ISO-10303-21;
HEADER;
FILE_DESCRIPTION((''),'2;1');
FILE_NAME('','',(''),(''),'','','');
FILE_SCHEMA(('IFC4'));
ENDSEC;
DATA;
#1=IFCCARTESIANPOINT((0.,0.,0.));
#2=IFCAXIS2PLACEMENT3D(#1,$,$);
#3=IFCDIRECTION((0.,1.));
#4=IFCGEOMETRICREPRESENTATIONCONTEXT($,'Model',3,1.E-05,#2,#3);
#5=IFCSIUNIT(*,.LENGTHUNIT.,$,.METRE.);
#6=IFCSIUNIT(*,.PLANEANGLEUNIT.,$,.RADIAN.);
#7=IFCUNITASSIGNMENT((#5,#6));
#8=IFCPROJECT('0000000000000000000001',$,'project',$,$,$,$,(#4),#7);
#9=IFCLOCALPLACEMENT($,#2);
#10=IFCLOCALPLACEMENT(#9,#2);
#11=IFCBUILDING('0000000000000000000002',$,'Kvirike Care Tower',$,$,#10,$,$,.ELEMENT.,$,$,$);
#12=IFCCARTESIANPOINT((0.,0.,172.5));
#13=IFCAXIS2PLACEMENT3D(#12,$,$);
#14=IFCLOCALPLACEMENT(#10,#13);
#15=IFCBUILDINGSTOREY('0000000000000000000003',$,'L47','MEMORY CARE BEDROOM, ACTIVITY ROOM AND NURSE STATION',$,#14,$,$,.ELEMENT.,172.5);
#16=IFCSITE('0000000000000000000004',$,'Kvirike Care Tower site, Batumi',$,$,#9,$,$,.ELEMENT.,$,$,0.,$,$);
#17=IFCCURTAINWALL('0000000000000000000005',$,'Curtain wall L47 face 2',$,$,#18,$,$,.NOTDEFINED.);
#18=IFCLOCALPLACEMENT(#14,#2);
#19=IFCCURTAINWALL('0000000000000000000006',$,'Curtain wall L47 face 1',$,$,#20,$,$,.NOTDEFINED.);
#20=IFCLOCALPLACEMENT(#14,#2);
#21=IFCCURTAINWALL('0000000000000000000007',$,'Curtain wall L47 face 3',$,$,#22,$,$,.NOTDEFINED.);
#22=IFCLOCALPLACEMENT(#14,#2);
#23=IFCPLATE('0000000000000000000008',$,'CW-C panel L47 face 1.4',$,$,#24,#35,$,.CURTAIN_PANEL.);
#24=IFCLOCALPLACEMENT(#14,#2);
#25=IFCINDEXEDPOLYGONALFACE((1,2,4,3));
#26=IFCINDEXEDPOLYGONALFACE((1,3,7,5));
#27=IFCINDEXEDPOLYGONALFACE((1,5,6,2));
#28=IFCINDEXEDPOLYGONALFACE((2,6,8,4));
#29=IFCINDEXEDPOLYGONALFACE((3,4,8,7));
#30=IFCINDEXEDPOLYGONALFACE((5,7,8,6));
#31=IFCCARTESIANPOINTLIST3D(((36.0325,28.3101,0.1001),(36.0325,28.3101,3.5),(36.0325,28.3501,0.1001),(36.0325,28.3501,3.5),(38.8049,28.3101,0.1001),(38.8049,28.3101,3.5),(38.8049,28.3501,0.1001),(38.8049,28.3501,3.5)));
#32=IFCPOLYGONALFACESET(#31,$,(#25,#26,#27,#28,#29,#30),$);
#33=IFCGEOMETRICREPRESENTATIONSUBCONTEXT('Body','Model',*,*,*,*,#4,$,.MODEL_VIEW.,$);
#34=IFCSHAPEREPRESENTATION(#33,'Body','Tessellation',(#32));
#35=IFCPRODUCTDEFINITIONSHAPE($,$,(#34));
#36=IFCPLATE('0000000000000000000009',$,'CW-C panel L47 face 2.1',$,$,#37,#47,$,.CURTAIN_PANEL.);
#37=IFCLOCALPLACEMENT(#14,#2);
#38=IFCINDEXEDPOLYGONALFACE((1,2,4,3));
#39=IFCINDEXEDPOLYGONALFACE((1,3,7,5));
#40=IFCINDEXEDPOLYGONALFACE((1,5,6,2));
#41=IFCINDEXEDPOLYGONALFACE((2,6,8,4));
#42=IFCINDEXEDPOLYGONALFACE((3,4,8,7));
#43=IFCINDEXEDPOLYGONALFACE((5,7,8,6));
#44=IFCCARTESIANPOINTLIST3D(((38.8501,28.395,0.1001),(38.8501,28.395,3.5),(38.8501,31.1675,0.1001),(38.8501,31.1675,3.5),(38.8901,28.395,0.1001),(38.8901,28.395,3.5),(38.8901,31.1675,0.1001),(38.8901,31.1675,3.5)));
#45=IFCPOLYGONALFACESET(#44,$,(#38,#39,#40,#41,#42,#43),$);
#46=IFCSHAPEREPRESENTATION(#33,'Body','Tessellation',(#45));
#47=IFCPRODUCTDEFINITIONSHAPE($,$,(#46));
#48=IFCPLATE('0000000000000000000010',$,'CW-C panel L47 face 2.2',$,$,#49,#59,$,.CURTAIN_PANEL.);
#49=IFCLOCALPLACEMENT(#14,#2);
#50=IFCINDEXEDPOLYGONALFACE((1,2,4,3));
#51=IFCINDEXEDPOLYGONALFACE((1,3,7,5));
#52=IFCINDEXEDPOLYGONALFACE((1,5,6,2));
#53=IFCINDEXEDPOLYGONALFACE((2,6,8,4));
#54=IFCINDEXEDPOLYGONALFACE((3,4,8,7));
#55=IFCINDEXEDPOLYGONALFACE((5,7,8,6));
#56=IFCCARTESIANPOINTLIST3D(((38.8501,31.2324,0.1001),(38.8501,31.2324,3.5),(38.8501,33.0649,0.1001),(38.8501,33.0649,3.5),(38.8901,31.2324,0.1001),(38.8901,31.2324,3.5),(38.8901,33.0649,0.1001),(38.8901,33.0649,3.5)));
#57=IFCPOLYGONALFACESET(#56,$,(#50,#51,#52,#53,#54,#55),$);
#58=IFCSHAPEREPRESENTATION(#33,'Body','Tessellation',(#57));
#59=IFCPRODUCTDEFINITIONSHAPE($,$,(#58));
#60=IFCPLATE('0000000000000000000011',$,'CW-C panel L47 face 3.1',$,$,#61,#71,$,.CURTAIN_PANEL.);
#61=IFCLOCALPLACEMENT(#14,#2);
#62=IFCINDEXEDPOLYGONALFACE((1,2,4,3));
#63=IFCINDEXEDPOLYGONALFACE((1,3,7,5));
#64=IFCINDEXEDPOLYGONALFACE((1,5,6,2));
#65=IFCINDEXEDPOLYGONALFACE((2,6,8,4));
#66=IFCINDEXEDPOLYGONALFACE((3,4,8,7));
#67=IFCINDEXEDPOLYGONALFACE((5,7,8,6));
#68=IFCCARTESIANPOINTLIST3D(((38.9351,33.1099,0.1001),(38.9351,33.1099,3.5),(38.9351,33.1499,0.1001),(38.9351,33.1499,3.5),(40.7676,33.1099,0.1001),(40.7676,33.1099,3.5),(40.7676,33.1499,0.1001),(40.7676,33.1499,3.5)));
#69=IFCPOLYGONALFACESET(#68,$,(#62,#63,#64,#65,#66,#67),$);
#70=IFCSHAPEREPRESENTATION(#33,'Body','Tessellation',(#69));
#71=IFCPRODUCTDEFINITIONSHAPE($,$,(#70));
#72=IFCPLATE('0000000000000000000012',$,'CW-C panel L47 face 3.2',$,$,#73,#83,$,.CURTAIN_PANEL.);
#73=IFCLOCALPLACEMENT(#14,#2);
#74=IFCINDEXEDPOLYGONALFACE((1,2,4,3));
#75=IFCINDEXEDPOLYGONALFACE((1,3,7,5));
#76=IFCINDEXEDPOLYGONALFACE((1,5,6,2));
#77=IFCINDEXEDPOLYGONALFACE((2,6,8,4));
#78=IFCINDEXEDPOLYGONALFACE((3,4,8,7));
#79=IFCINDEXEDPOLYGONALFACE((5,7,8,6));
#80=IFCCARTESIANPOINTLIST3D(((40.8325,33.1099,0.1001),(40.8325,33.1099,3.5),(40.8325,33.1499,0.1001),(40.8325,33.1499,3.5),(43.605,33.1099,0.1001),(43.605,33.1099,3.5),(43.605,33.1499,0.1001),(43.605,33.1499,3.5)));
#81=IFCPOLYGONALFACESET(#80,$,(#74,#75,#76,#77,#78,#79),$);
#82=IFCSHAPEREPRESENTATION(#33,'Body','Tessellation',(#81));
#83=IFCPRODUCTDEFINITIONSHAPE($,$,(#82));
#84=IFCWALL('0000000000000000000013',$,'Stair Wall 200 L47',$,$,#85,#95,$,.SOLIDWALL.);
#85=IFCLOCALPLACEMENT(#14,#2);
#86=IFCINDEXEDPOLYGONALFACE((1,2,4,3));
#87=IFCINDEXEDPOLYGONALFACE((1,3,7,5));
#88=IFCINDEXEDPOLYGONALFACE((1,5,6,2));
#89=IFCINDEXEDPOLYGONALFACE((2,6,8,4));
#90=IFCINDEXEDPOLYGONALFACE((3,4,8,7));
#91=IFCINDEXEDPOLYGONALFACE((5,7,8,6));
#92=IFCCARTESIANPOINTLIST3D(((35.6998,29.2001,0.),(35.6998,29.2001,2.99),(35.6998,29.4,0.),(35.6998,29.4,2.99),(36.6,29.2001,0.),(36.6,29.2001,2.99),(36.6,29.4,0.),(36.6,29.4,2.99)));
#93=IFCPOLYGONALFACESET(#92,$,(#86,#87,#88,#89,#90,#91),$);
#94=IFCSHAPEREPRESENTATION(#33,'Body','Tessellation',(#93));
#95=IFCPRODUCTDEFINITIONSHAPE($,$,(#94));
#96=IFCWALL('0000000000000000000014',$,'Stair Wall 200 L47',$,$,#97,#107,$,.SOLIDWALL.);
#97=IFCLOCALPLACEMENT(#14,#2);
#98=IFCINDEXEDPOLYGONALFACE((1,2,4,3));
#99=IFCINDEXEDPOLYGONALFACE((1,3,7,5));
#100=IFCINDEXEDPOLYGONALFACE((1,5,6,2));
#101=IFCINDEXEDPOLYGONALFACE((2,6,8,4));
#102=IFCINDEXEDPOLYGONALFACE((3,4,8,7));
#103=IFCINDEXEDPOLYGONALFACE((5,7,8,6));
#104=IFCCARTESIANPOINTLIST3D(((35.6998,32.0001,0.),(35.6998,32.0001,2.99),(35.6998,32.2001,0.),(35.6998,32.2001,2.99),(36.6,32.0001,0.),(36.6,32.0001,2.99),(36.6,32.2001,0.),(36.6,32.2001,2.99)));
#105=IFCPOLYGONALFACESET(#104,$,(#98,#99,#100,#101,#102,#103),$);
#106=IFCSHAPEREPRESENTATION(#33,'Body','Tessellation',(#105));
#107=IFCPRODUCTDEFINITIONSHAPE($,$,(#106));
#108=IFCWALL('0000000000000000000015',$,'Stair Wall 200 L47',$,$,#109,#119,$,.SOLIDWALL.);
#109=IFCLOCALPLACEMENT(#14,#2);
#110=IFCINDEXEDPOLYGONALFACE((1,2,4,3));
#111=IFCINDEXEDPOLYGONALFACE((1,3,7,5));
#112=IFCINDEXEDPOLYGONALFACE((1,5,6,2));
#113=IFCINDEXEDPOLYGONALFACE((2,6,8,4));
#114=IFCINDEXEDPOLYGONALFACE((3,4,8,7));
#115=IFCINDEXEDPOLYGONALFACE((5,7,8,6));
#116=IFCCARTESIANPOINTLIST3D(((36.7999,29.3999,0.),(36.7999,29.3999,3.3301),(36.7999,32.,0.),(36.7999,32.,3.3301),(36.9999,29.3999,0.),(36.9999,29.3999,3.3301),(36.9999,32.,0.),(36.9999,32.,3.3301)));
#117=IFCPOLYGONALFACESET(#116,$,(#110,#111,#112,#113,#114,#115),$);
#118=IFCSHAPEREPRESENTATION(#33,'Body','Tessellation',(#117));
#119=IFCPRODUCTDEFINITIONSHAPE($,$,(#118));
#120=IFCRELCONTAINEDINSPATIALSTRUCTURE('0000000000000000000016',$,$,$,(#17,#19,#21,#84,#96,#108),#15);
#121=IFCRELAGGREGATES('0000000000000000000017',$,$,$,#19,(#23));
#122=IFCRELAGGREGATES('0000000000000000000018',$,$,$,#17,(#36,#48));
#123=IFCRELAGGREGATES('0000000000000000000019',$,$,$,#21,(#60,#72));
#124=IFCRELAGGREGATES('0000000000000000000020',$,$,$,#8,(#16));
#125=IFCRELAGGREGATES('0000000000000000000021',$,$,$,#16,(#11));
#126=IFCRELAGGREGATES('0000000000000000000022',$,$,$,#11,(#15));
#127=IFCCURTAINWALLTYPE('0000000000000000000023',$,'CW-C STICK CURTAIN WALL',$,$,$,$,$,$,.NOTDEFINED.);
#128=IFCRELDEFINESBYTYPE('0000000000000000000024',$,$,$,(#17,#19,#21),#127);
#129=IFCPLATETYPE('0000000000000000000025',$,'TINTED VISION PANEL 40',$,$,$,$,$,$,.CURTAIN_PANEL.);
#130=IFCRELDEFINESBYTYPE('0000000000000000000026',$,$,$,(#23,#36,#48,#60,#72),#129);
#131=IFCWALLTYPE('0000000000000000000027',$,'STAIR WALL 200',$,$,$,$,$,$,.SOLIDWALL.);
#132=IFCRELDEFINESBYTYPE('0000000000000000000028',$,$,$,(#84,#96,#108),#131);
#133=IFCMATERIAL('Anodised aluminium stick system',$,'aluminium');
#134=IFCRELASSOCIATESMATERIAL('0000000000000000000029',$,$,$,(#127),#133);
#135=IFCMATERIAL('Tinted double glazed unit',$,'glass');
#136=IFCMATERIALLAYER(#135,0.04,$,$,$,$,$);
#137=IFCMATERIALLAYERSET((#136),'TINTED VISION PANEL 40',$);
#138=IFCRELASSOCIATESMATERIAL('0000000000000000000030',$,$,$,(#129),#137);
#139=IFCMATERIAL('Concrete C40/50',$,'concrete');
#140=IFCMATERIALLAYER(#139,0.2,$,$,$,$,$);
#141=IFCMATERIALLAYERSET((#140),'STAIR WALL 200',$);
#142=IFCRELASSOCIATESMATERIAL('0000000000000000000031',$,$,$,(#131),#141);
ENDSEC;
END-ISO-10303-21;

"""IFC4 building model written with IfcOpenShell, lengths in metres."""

from ifc_helpers import new_model, si_unit, direction, frame, frame_2d, origin, origin_2d, place, context, subcontext, project, spatial, rectangle, extrude, material, layer, layer_set, type_object, element, aggregate, save


model = new_model("IFC4")

# Units and contexts
model_context = context("Model", 3, precision=1e-05, world=origin(), true_north=direction((0.0, 1.0)))
body_context = subcontext(model_context, "Body", "Model", "MODEL_VIEW")
ifc_project = project(units=[si_unit("LENGTHUNIT", "METRE"), si_unit("PLANEANGLEUNIT", "RADIAN")], contexts=[model_context])

# Site, building, storey
site_placement = place(None, origin())
site = spatial("IfcSite", under=ifc_project, at=site_placement, Name="Kvirike Care Tower site, Batumi", CompositionType="ELEMENT", RefElevation=0.0)
building_placement = place(site_placement, origin())
building = spatial("IfcBuilding", under=site, at=building_placement, Name="Kvirike Care Tower", CompositionType="ELEMENT")
storey_placement = place(building_placement, frame((0.0, 0.0, 172.5)))
storey = spatial("IfcBuildingStorey", under=building, at=storey_placement, Name="L47", Description="MEMORY CARE BEDROOM, ACTIVITY ROOM AND NURSE STATION", CompositionType="ELEMENT", Elevation=172.5)

# Curtain wall
ifc_material_1 = material(Name="Anodised aluminium stick system", Category="aluminium")
curtain_wall_type = type_object("IfcCurtainWallType", Name="CW-C STICK CURTAIN WALL", PredefinedType="NOTDEFINED", material=ifc_material_1)
curtain_wall_1_placement = place(storey_placement, origin())
curtain_wall_1 = element("IfcCurtainWall", 1, at=curtain_wall_1_placement, inside=storey, type_object=curtain_wall_type, Name="Curtain wall L47 face 2", PredefinedType="NOTDEFINED")

# Curtain wall
curtain_wall_2_placement = place(storey_placement, origin())
curtain_wall_2 = element("IfcCurtainWall", 2, at=curtain_wall_2_placement, inside=storey, type_object=curtain_wall_type, Name="Curtain wall L47 face 1", PredefinedType="NOTDEFINED")

# Curtain wall
curtain_wall_3_placement = place(storey_placement, origin())
curtain_wall_3 = element("IfcCurtainWall", 3, at=curtain_wall_3_placement, inside=storey, type_object=curtain_wall_type, Name="Curtain wall L47 face 3", PredefinedType="NOTDEFINED")

# Plates
ifc_material_2 = material(Name="Tinted double glazed unit", Category="glass")
ifc_layer_1 = layer(ifc_material_2, 0.04)
ifc_layer_set_1 = layer_set([ifc_layer_1], Name="TINTED VISION PANEL 40")
plate_type = type_object("IfcPlateType", Name="TINTED VISION PANEL 40", PredefinedType="CURTAIN_PANEL", material=ifc_layer_set_1)
plate_1_placement = place(storey_placement, frame((37.4187, 28.3301, 0.1001), z_axis=(0.0, 0.0, 1.0), x_axis=(1.0, 0.0, 0.0)))
plate_1 = element("IfcPlate", 4, at=plate_1_placement, type_object=plate_type, Name="CW-C panel L47 face 1.4", PredefinedType="CURTAIN_PANEL", context=body_context, shape_type="SweptSolid", body=[
    extrude(rectangle(XDim=2.7725, YDim=0.04, at=origin_2d()), origin(), (0.0, 0.0, 1.0), 3.3999),
])
aggregate(curtain_wall_2, [plate_1])
plate_2_placement = place(storey_placement, frame((38.8701, 29.7812, 0.1001), z_axis=(0.0, 0.0, 1.0), x_axis=(0.0, 1.0, 0.0)))
plate_2 = element("IfcPlate", 5, at=plate_2_placement, type_object=plate_type, Name="CW-C panel L47 face 2.1", PredefinedType="CURTAIN_PANEL", context=body_context, shape_type="SweptSolid", body=[
    extrude(rectangle(XDim=2.7725, YDim=0.04, at=origin_2d()), origin(), (0.0, 0.0, 1.0), 3.3999),
])
plate_3_placement = place(storey_placement, frame((38.8701, 32.1487, 0.1001), z_axis=(0.0, 0.0, 1.0), x_axis=(0.0, 1.0, 0.0)))
plate_3 = element("IfcPlate", 6, at=plate_3_placement, type_object=plate_type, Name="CW-C panel L47 face 2.2", PredefinedType="CURTAIN_PANEL", context=body_context, shape_type="SweptSolid", body=[
    extrude(rectangle(XDim=1.8325, YDim=0.04, at=origin_2d()), origin(), (0.0, 0.0, 1.0), 3.3999),
])
aggregate(curtain_wall_1, [plate_2, plate_3])
plate_4_placement = place(storey_placement, frame((39.8513, 33.1299, 0.1001), z_axis=(0.0, 0.0, 1.0), x_axis=(1.0, 0.0, 0.0)))
plate_4 = element("IfcPlate", 7, at=plate_4_placement, type_object=plate_type, Name="CW-C panel L47 face 3.1", PredefinedType="CURTAIN_PANEL", context=body_context, shape_type="SweptSolid", body=[
    extrude(rectangle(XDim=1.8325, YDim=0.04, at=origin_2d()), origin(), (0.0, 0.0, 1.0), 3.3999),
])
plate_5_placement = place(storey_placement, frame((42.2188, 33.1299, 0.1001), z_axis=(0.0, 0.0, 1.0), x_axis=(1.0, 0.0, 0.0)))
plate_5 = element("IfcPlate", 8, at=plate_5_placement, type_object=plate_type, Name="CW-C panel L47 face 3.2", PredefinedType="CURTAIN_PANEL", context=body_context, shape_type="SweptSolid", body=[
    extrude(rectangle(XDim=2.7725, YDim=0.04, at=origin_2d()), origin(), (0.0, 0.0, 1.0), 3.3999),
])
aggregate(curtain_wall_3, [plate_4, plate_5])

# Walls
ifc_material_3 = material(Name="Concrete C40/50", Category="concrete")
ifc_layer_2 = layer(ifc_material_3, 0.2)
ifc_layer_set_2 = layer_set([ifc_layer_2], Name="STAIR WALL 200")
wall_type = type_object("IfcWallType", Name="STAIR WALL 200", PredefinedType="SOLIDWALL", material=ifc_layer_set_2)
for number, where, z_axis, x_axis, name in (
    (9, (36.6001, 29.3, 0.0), (0.0, 0.0, 1.0), (-1.0, 0.0, 0.0), "Stair Wall 200 L47"),
    (10, (36.6001, 32.1001, 0.0), (0.0, 0.0, 1.0), (-1.0, 0.0, 0.0), "Stair Wall 200 L47"),
):
    element("IfcWall", number, at=place(storey_placement, frame(where, z_axis=z_axis, x_axis=x_axis)), inside=storey, type_object=wall_type, Name=name, PredefinedType="SOLIDWALL", context=body_context, shape_type="SweptSolid", body=[
        extrude(rectangle(XDim=0.9001, YDim=0.2, at=frame_2d((0.4502, 0.0))), origin(), (0.0, 0.0, 1.0), 2.99),
    ])
wall_placement = place(storey_placement, frame((36.8999, 29.3999, 0.0), z_axis=(0.0, 0.0, 1.0), x_axis=(0.0, 1.0, 0.0)))
element("IfcWall", 11, at=wall_placement, inside=storey, type_object=wall_type, Name="Stair Wall 200 L47", PredefinedType="SOLIDWALL", context=body_context, shape_type="SweptSolid", body=[
    extrude(rectangle(XDim=2.6001, YDim=0.2, at=frame_2d((1.3, 0.0))), origin(), (0.0, 0.0, 1.0), 3.3301),
])

save(model, "model.ifc")
